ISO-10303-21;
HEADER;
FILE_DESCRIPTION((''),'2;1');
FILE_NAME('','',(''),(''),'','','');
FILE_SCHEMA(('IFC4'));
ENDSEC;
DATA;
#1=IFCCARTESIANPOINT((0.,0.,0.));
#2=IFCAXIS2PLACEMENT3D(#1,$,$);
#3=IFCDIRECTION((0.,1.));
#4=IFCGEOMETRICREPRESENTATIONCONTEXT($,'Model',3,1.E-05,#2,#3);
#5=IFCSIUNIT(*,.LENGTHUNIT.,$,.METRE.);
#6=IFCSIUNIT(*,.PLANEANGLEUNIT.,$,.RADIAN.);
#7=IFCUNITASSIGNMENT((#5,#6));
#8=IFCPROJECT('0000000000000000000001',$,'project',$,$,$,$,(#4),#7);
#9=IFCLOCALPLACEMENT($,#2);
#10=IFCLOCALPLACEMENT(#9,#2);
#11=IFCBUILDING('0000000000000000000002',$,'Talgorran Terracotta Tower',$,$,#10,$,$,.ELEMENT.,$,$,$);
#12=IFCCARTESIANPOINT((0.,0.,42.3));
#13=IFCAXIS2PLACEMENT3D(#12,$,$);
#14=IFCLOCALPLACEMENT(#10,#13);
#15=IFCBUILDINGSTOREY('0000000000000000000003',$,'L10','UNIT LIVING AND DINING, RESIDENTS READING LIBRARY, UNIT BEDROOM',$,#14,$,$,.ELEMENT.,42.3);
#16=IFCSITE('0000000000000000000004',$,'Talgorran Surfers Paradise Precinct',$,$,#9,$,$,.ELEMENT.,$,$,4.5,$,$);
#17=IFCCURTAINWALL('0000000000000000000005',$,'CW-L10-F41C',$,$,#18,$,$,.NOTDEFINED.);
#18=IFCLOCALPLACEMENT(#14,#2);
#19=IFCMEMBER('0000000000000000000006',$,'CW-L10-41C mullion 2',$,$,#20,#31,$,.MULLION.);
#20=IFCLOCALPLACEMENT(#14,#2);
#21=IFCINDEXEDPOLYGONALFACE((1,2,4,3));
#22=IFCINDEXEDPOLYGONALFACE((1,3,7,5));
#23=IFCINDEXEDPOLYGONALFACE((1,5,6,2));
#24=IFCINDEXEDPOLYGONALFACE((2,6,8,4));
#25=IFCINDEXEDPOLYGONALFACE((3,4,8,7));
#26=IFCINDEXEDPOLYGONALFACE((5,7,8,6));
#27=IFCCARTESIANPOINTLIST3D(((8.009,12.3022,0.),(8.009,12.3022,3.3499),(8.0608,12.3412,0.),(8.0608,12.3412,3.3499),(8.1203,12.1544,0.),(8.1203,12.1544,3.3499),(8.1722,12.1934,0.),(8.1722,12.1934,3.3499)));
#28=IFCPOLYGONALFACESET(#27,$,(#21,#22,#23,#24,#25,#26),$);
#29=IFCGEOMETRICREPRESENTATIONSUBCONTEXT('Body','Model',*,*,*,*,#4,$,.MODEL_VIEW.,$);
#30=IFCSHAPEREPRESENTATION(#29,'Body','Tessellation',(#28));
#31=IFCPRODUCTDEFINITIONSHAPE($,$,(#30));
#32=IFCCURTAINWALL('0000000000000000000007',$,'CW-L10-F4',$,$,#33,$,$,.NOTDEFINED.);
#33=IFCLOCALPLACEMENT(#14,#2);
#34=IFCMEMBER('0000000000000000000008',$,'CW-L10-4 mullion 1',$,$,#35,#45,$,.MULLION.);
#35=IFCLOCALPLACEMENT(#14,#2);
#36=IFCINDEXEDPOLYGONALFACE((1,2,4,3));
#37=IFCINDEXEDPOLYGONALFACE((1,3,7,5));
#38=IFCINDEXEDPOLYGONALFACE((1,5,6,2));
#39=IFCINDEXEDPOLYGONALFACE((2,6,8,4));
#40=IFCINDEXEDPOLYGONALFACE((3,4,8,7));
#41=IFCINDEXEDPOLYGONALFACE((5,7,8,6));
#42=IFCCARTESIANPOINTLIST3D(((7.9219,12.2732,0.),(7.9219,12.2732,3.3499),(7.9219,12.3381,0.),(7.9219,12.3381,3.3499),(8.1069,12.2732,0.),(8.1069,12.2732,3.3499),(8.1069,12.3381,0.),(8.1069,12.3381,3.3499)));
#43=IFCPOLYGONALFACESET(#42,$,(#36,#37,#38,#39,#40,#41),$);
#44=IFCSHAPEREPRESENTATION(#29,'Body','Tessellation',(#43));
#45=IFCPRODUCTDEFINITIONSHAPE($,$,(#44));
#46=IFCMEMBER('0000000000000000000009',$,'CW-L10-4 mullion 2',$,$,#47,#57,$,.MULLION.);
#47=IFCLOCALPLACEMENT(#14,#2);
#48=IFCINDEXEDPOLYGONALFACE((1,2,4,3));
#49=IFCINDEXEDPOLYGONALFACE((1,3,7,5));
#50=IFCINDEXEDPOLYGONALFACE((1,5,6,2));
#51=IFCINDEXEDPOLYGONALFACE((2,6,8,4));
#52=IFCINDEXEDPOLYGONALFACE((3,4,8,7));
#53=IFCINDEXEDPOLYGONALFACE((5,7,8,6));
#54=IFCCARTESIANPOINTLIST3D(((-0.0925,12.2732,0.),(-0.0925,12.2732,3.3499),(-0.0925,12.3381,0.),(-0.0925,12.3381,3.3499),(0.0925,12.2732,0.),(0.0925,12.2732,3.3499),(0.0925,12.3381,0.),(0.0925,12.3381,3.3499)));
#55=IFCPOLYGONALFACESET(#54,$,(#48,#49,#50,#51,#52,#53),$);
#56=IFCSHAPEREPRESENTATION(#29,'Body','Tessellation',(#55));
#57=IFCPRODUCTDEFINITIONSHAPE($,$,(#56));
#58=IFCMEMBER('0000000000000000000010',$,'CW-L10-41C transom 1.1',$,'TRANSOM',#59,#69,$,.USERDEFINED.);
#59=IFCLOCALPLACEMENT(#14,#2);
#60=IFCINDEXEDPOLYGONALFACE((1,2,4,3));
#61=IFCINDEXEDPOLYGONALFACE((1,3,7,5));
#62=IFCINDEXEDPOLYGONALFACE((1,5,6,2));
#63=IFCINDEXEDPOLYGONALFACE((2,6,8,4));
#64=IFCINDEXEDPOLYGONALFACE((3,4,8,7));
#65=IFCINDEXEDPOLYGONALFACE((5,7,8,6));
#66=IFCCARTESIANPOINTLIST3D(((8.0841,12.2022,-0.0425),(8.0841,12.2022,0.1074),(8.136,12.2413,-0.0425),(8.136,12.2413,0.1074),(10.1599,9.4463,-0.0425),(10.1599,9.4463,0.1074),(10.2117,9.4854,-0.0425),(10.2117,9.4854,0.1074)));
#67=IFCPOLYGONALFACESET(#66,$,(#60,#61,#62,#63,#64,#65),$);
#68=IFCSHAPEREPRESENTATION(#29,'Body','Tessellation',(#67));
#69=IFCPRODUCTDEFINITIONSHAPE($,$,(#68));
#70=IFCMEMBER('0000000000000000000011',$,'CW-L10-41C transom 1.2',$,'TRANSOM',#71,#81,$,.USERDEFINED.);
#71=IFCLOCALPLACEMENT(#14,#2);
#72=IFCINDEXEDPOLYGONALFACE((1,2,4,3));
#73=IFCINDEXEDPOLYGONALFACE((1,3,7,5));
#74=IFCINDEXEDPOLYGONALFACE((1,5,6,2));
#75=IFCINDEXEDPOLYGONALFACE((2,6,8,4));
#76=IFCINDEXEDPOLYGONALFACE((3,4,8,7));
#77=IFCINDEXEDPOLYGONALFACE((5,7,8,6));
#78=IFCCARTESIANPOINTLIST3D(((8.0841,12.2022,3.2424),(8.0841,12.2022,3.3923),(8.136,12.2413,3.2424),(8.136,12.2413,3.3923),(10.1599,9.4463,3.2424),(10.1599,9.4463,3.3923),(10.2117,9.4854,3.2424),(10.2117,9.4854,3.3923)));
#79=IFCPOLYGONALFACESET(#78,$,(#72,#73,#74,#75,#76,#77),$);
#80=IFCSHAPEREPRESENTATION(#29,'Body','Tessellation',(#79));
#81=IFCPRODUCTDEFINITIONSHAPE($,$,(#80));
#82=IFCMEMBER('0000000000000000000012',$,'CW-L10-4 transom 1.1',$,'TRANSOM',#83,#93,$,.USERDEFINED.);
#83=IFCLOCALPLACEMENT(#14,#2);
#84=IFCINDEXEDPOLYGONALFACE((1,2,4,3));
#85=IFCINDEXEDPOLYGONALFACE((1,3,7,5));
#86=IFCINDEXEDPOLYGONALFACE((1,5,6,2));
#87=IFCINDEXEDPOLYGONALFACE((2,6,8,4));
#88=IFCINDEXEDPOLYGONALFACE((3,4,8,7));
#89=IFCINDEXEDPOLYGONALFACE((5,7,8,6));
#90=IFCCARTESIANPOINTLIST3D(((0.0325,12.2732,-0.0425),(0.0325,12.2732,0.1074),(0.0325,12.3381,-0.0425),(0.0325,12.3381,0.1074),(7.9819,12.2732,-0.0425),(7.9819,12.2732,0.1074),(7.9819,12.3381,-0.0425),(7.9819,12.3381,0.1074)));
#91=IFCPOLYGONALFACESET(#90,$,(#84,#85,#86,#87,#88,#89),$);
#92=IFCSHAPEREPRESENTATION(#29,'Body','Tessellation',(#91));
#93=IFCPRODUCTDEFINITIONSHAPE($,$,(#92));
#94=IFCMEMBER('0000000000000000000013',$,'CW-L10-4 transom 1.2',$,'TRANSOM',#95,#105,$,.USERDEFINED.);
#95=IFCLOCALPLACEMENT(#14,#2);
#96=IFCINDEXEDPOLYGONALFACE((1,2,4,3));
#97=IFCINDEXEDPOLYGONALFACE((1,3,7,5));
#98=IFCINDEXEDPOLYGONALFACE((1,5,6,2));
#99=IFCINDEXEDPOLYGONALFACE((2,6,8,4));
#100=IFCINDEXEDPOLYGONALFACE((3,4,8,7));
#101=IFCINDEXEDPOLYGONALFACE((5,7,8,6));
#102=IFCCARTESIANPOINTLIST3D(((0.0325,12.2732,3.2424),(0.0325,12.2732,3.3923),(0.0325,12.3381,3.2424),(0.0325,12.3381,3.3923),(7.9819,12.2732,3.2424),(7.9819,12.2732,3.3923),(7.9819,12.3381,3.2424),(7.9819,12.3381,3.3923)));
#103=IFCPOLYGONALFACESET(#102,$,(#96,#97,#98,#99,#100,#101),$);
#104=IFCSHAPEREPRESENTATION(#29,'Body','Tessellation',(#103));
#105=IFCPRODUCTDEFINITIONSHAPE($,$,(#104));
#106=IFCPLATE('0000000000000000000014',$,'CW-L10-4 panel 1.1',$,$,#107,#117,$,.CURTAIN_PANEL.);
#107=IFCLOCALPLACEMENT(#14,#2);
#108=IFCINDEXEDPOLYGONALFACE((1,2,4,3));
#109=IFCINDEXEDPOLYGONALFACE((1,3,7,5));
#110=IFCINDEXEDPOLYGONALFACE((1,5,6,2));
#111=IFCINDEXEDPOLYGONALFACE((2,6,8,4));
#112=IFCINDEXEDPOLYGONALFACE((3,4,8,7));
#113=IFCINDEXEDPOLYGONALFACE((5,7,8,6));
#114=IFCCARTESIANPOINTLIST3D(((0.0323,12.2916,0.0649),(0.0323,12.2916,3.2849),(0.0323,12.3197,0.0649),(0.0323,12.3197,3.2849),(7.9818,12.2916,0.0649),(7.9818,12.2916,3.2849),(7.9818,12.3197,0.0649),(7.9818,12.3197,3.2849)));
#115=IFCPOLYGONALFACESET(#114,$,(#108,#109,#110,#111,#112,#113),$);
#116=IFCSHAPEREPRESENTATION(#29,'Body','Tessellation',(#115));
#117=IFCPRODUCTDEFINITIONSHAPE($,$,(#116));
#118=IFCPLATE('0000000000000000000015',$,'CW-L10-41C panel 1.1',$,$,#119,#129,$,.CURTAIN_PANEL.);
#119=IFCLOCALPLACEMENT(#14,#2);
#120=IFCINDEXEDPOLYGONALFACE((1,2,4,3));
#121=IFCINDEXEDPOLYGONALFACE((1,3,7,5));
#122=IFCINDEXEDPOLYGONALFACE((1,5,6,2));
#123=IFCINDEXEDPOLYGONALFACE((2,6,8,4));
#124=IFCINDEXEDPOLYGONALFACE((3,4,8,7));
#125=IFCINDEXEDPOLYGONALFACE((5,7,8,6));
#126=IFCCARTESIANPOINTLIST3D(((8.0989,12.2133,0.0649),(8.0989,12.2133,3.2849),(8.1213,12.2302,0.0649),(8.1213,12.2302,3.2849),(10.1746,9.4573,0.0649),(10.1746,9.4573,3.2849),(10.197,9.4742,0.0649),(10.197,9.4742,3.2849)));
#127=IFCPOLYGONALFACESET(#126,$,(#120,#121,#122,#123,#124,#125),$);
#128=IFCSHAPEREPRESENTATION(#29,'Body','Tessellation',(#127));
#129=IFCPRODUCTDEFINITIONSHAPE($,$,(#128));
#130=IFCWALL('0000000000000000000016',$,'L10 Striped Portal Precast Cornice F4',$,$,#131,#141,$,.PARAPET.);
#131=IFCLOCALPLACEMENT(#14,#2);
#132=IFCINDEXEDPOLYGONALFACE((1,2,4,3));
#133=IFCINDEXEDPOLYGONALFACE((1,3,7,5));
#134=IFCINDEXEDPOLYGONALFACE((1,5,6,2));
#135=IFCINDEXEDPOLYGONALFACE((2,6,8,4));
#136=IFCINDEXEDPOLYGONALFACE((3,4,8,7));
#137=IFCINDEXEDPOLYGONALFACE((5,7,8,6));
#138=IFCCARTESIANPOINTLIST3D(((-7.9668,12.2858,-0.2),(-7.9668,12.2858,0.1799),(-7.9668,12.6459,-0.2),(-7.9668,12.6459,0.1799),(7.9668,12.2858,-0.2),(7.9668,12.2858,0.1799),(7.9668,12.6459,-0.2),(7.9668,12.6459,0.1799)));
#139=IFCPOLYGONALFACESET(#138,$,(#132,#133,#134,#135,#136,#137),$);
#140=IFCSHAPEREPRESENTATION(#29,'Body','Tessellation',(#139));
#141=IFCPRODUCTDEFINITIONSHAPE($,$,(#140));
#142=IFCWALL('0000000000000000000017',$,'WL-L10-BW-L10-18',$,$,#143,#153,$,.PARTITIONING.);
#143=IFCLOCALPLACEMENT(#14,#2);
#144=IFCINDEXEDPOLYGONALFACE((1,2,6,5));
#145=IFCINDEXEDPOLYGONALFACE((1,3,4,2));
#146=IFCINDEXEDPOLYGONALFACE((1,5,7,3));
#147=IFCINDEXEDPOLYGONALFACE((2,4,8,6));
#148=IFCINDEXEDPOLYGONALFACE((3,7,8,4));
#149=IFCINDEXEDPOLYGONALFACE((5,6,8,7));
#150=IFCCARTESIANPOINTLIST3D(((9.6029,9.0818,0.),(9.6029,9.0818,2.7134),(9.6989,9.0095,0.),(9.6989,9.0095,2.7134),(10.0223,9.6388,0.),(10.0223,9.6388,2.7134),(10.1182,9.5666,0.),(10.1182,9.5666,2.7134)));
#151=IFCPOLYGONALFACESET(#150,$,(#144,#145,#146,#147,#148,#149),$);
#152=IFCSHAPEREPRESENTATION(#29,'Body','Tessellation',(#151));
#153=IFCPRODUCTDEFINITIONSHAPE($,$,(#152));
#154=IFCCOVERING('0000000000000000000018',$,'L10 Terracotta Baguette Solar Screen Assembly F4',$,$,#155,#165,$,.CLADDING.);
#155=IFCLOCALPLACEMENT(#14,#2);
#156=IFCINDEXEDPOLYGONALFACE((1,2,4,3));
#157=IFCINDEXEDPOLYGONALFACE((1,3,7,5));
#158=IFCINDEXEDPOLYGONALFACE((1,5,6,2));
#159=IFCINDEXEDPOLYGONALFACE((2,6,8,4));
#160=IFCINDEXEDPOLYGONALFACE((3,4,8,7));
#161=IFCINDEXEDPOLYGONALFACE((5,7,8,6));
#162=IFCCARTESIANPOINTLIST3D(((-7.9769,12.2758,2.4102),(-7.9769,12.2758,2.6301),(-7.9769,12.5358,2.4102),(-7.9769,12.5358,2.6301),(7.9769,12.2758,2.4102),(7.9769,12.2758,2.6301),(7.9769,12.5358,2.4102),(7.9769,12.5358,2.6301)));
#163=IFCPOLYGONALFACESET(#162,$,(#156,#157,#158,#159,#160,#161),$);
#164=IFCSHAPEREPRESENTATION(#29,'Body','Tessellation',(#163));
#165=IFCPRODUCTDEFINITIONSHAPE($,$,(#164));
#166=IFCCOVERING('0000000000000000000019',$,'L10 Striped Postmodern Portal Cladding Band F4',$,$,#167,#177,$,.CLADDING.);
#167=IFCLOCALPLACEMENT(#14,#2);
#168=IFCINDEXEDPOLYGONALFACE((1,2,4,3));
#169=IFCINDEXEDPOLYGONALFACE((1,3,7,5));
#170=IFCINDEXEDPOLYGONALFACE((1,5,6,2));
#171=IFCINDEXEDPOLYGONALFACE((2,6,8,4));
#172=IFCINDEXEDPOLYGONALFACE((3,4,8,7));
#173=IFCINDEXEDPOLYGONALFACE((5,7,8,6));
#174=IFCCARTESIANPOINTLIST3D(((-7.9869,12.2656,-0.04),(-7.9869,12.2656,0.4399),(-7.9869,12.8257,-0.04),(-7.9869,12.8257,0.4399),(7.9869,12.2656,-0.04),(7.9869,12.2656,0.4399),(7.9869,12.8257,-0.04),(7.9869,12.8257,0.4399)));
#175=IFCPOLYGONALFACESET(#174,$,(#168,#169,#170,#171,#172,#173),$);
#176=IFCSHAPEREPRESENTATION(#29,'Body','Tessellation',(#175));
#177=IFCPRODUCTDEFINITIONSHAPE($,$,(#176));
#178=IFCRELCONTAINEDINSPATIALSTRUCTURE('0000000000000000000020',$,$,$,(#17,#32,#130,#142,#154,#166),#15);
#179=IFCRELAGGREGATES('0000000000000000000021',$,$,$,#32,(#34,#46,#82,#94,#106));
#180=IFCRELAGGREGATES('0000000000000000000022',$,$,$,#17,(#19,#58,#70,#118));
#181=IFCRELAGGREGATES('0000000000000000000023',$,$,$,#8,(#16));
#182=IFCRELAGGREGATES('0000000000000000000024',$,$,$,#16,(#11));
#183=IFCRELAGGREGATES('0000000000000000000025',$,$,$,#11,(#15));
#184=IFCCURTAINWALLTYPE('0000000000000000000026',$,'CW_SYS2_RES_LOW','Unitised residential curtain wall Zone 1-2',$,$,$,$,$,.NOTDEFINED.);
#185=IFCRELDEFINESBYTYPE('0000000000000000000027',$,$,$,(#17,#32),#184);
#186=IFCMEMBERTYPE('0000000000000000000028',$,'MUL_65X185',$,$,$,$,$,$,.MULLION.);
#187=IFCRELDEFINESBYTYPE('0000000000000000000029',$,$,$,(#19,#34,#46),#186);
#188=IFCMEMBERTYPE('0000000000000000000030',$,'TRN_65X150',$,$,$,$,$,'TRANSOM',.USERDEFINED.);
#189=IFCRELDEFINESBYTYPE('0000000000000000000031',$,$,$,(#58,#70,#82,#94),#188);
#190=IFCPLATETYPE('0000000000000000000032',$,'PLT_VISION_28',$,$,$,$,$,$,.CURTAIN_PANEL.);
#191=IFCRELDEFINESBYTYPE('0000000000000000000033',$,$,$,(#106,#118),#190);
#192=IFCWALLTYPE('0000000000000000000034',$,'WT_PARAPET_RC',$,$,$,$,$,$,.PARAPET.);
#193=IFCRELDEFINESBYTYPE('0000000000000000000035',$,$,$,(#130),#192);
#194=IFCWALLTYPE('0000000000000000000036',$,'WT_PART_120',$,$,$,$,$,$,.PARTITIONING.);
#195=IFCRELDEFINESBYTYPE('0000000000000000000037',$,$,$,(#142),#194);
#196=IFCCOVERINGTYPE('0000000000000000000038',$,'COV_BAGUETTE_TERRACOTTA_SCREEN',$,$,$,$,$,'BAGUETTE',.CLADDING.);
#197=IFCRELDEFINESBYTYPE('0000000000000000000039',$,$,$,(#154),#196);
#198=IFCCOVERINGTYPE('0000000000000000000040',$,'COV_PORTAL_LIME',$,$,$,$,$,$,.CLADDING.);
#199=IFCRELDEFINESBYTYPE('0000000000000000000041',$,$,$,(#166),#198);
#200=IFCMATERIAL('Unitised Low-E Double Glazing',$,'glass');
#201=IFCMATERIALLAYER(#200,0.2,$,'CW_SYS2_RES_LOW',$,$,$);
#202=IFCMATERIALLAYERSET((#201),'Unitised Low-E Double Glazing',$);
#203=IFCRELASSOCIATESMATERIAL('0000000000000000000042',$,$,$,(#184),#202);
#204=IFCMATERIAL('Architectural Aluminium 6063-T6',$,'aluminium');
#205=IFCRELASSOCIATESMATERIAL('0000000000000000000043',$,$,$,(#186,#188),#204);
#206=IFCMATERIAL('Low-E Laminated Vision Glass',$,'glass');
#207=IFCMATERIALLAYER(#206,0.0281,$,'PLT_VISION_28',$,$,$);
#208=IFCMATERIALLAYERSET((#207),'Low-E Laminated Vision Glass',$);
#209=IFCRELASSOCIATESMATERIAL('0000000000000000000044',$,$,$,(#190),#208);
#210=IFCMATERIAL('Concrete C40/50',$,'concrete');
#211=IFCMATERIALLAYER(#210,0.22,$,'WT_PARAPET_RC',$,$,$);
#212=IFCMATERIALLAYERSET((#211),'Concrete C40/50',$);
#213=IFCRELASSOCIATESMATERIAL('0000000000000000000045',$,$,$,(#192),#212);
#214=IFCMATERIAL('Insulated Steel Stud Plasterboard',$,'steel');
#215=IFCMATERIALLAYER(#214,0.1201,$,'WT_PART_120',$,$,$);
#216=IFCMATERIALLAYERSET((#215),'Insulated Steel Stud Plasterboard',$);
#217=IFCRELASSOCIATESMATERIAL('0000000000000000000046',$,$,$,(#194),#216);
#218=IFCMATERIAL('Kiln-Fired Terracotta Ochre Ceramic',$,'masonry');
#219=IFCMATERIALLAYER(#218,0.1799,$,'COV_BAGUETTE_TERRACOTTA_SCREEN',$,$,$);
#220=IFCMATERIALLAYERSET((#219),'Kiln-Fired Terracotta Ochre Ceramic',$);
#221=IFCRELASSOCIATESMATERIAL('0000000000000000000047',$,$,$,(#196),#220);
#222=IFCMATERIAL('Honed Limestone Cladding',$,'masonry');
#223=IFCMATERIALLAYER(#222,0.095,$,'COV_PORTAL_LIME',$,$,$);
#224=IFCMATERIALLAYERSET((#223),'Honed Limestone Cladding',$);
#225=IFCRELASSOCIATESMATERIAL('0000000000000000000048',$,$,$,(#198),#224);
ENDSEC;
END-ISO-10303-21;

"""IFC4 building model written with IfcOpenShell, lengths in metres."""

from ifc_helpers import new_model, si_unit, direction, frame, frame_2d, origin, origin_2d, place, context, subcontext, project, spatial, rectangle, extrude, source, transform, mapped, material, layer, layer_set, material_profile, profile_set, type_object, type_shapes, element, aggregate, save


model = new_model("IFC4")

# Units and contexts
model_context = context("Model", 3, precision=1e-05, world=origin(), true_north=direction((0.0, 1.0)))
body_context = subcontext(model_context, "Body", "Model", "MODEL_VIEW")
ifc_project = project(units=[si_unit("LENGTHUNIT", "METRE"), si_unit("PLANEANGLEUNIT", "RADIAN")], contexts=[model_context])

# Site, building, storey
site_placement = place(None, origin())
site = spatial("IfcSite", under=ifc_project, at=site_placement, Name="Talgorran Surfers Paradise Precinct", CompositionType="ELEMENT", RefElevation=4.5)
building_placement = place(site_placement, origin())
building = spatial("IfcBuilding", under=site, at=building_placement, Name="Talgorran Terracotta Tower", CompositionType="ELEMENT")
storey_placement = place(building_placement, frame((0.0, 0.0, 42.3)))
storey = spatial("IfcBuildingStorey", under=building, at=storey_placement, Name="L10", Description="UNIT LIVING AND DINING, RESIDENTS READING LIBRARY, UNIT BEDROOM", CompositionType="ELEMENT", Elevation=42.3)

# Shared definitions
ifc_material_1 = material(Name="Unitised Low-E Double Glazing", Category="glass")
ifc_layer_1 = layer(ifc_material_1, 0.2, Name="CW_SYS2_RES_LOW")
ifc_layer_set_1 = layer_set([ifc_layer_1], Name="Unitised Low-E Double Glazing")
curtain_wall_type = type_object("IfcCurtainWallType", Name="CW_SYS2_RES_LOW", Description="Unitised residential curtain wall Zone 1-2", PredefinedType="NOTDEFINED", material=ifc_layer_set_1)
ifc_material_2 = material(Name="Architectural Aluminium 6063-T6", Category="aluminium")
ifc_material_profile_1 = material_profile(ifc_material_2, rectangle(XDim=0.0649, YDim=0.1851, at=origin_2d()), Name="CWM65X185")
ifc_profile_set_1 = profile_set([ifc_material_profile_1], Name="Architectural Aluminium 6063-T6")
member_type_1 = type_object("IfcMemberType", Name="MUL_65X185", PredefinedType="MULLION", material=ifc_profile_set_1)

# Curtain walls, members
curtain_wall_1_placement = place(storey_placement, origin())
curtain_wall_1 = element("IfcCurtainWall", 1, at=curtain_wall_1_placement, inside=storey, type_object=curtain_wall_type, Name="CW-L10-F41C", PredefinedType="NOTDEFINED")
member_1_placement = place(storey_placement, frame((8.0906, 12.2478, 0.0), z_axis=(0.0, 0.0, 1.0), x_axis=(-0.798775, -0.60163, 0.0)))
member_1 = element("IfcMember", 2, at=member_1_placement, type_object=member_type_1, Name="CW-L10-41C mullion 2", PredefinedType="MULLION", context=body_context, shape_type="SweptSolid", body=[
    extrude(rectangle(XDim=0.0649, YDim=0.1851, at=origin_2d()), origin(), (0.0, 0.0, 1.0), 3.3499),
])
curtain_wall_2_placement = place(storey_placement, origin())
curtain_wall_2 = element("IfcCurtainWall", 3, at=curtain_wall_2_placement, inside=storey, type_object=curtain_wall_type, Name="CW-L10-F4", PredefinedType="NOTDEFINED")
member_2_placement = place(storey_placement, frame((8.0144, 12.3057, 0.0), z_axis=(0.0, 0.0, 1.0), x_axis=(0.0, -1.0, 0.0)))
member_2 = element("IfcMember", 4, at=member_2_placement, type_object=member_type_1, Name="CW-L10-4 mullion 1", PredefinedType="MULLION", context=body_context, shape_type="SweptSolid", body=[
    extrude(rectangle(XDim=0.0649, YDim=0.1851, at=origin_2d()), origin(), (0.0, 0.0, 1.0), 3.3499),
])
member_3_placement = place(storey_placement, frame((0.0, 12.3057, 0.0), z_axis=(0.0, 0.0, 1.0), x_axis=(0.0, -1.0, 0.0)))
member_3 = element("IfcMember", 5, at=member_3_placement, type_object=member_type_1, Name="CW-L10-4 mullion 2", PredefinedType="MULLION", context=body_context, shape_type="SweptSolid", body=[
    extrude(rectangle(XDim=0.0649, YDim=0.1851, at=origin_2d()), origin(), (0.0, 0.0, 1.0), 3.3499),
])

# Members
ifc_material_profile_2 = material_profile(ifc_material_2, rectangle(XDim=0.0649, YDim=0.1499, at=origin_2d()), Name="CWT65X150")
ifc_profile_set_2 = profile_set([ifc_material_profile_2], Name="Architectural Aluminium 6063-T6")
member_type_2 = type_object("IfcMemberType", Name="TRN_65X150", ElementType="TRANSOM", PredefinedType="USERDEFINED", material=ifc_profile_set_2)
member_4_placement = place(storey_placement, frame((10.1858, 9.4658, 0.0325), z_axis=(-0.601629, 0.798776, 0.0), x_axis=(-0.798776, -0.601629, 0.0)))
member_4 = element("IfcMember", 6, at=member_4_placement, type_object=member_type_2, Name="CW-L10-41C transom 1.1", ObjectType="TRANSOM", PredefinedType="USERDEFINED", context=body_context, shape_type="SweptSolid", body=[
    extrude(rectangle(XDim=0.0649, YDim=0.1499, at=origin_2d()), origin(), (0.0, 0.0, 1.0), 3.4502),
])
member_5_placement = place(storey_placement, frame((10.1858, 9.4658, 3.3174), z_axis=(-0.601629, 0.798776, 0.0), x_axis=(-0.798776, -0.601629, 0.0)))
member_5 = element("IfcMember", 7, at=member_5_placement, type_object=member_type_2, Name="CW-L10-41C transom 1.2", ObjectType="TRANSOM", PredefinedType="USERDEFINED", context=body_context, shape_type="SweptSolid", body=[
    extrude(rectangle(XDim=0.0649, YDim=0.1499, at=origin_2d()), origin(), (0.0, 0.0, 1.0), 3.4502),
])
member_6_placement = place(storey_placement, frame((7.9819, 12.3057, 0.0325), z_axis=(-1.0, 0.0, 0.0), x_axis=(0.0, -1.0, 0.0)))
member_6 = element("IfcMember", 8, at=member_6_placement, type_object=member_type_2, Name="CW-L10-4 transom 1.1", ObjectType="TRANSOM", PredefinedType="USERDEFINED", context=body_context, shape_type="SweptSolid", body=[
    extrude(rectangle(XDim=0.0649, YDim=0.1499, at=origin_2d()), origin(), (0.0, 0.0, 1.0), 7.9495),
])
member_7_placement = place(storey_placement, frame((7.9819, 12.3057, 3.3174), z_axis=(-1.0, 0.0, 0.0), x_axis=(0.0, -1.0, 0.0)))
member_7 = element("IfcMember", 9, at=member_7_placement, type_object=member_type_2, Name="CW-L10-4 transom 1.2", ObjectType="TRANSOM", PredefinedType="USERDEFINED", context=body_context, shape_type="SweptSolid", body=[
    extrude(rectangle(XDim=0.0649, YDim=0.1499, at=origin_2d()), origin(), (0.0, 0.0, 1.0), 7.9495),
])

# Plates
ifc_material_3 = material(Name="Low-E Laminated Vision Glass", Category="glass")
ifc_layer_2 = layer(ifc_material_3, 0.0281, Name="PLT_VISION_28")
ifc_layer_set_2 = layer_set([ifc_layer_2], Name="Low-E Laminated Vision Glass")
plate_type = type_object("IfcPlateType", Name="PLT_VISION_28", PredefinedType="CURTAIN_PANEL", material=ifc_layer_set_2)
shared_shape_1 = source(origin(), body_context, "Body", "SweptSolid", [
    extrude(rectangle(XDim=7.9495, YDim=0.0281, at=origin_2d()), origin(), (0.0, 0.0, 1.0), 3.22),
])
plate_1_placement = place(storey_placement, frame((4.0071, 12.3057, 0.0649), z_axis=(0.0, 0.0, 1.0), x_axis=(-1.0, 0.0, 0.0)))
plate_1 = element("IfcPlate", 10, at=plate_1_placement, type_object=plate_type, Name="CW-L10-4 panel 1.1", PredefinedType="CURTAIN_PANEL", context=body_context, shape_type="MappedRepresentation", body=[
    mapped(shared_shape_1, transform((0.0, 0.0, 0.0), scale=1.0)),
])
aggregate(curtain_wall_2, [member_2, member_3, member_6, member_7, plate_1])
shared_shape_2 = source(origin(), body_context, "Body", "SweptSolid", [
    extrude(rectangle(XDim=3.4502, YDim=0.0281, at=origin_2d()), origin(), (0.0, 0.0, 1.0), 3.22),
])
type_shapes(plate_type, [shared_shape_1, shared_shape_2])
plate_2_placement = place(storey_placement, frame((9.1479, 10.8438, 0.0649), z_axis=(0.0, 0.0, 1.0), x_axis=(-0.60163, 0.798775, 0.0)))
plate_2 = element("IfcPlate", 11, at=plate_2_placement, type_object=plate_type, Name="CW-L10-41C panel 1.1", PredefinedType="CURTAIN_PANEL", context=body_context, shape_type="MappedRepresentation", body=[
    mapped(shared_shape_2, transform((0.0, 0.0, 0.0), scale=1.0)),
])
aggregate(curtain_wall_1, [member_1, member_4, member_5, plate_2])

# Walls
ifc_material_4 = material(Name="Concrete C40/50", Category="concrete")
ifc_layer_3 = layer(ifc_material_4, 0.22, Name="WT_PARAPET_RC")
ifc_layer_set_3 = layer_set([ifc_layer_3], Name="Concrete C40/50")
wall_type_1 = type_object("IfcWallType", Name="WT_PARAPET_RC", PredefinedType="PARAPET", material=ifc_layer_set_3)
wall_1_placement = place(storey_placement, frame((7.9668, 12.4658, -0.2), z_axis=(0.0, 0.0, 1.0), x_axis=(-1.0, 0.0, 0.0)))
element("IfcWall", 12, at=wall_1_placement, inside=storey, type_object=wall_type_1, Name="L10 Striped Portal Precast Cornice F4", PredefinedType="PARAPET", context=body_context, shape_type="SweptSolid", body=[
    extrude(rectangle(XDim=15.9336, YDim=0.3601, at=frame_2d((7.9668, 0.0))), origin(), (0.0, 0.0, 1.0), 0.3799),
])
ifc_material_5 = material(Name="Insulated Steel Stud Plasterboard", Category="steel")
ifc_layer_4 = layer(ifc_material_5, 0.1201, Name="WT_PART_120")
ifc_layer_set_4 = layer_set([ifc_layer_4], Name="Insulated Steel Stud Plasterboard")
wall_type_2 = type_object("IfcWallType", Name="WT_PART_120", PredefinedType="PARTITIONING", material=ifc_layer_set_4)
wall_2_placement = place(storey_placement, frame((9.6509, 9.0457, 0.0), z_axis=(0.0, 0.0, 1.0), x_axis=(0.601455, 0.798906, 0.0)))
element("IfcWall", 13, at=wall_2_placement, inside=storey, type_object=wall_type_2, Name="WL-L10-BW-L10-18", PredefinedType="PARTITIONING", context=body_context, shape_type="SweptSolid", body=[
    extrude(rectangle(XDim=0.6973, YDim=0.1201, at=frame_2d((0.3486, 0.0))), origin(), (0.0, 0.0, 1.0), 2.7134),
])

# Coverings
ifc_material_6 = material(Name="Kiln-Fired Terracotta Ochre Ceramic", Category="masonry")
ifc_layer_5 = layer(ifc_material_6, 0.1799, Name="COV_BAGUETTE_TERRACOTTA_SCREEN")
ifc_layer_set_5 = layer_set([ifc_layer_5], Name="Kiln-Fired Terracotta Ochre Ceramic")
covering_type_1 = type_object("IfcCoveringType", Name="COV_BAGUETTE_TERRACOTTA_SCREEN", ElementType="BAGUETTE", PredefinedType="CLADDING", material=ifc_layer_set_5)
covering_1_placement = place(storey_placement, frame((0.0, 12.4058, 2.4102), z_axis=(0.0, 0.0, 1.0), x_axis=(-1.0, 0.0, 0.0)))
element("IfcCovering", 14, at=covering_1_placement, inside=storey, type_object=covering_type_1, Name="L10 Terracotta Baguette Solar Screen Assembly F4", PredefinedType="CLADDING", context=body_context, shape_type="SweptSolid", body=[
    extrude(rectangle(XDim=15.9539, YDim=0.26, at=origin_2d()), origin(), (0.0, 0.0, 1.0), 0.22),
])
ifc_material_7 = material(Name="Honed Limestone Cladding", Category="masonry")
ifc_layer_6 = layer(ifc_material_7, 0.095, Name="COV_PORTAL_LIME")
ifc_layer_set_6 = layer_set([ifc_layer_6], Name="Honed Limestone Cladding")
covering_type_2 = type_object("IfcCoveringType", Name="COV_PORTAL_LIME", PredefinedType="CLADDING", material=ifc_layer_set_6)
covering_2_placement = place(storey_placement, frame((0.0, 12.5457, -0.04), z_axis=(0.0, 0.0, 1.0), x_axis=(-1.0, 0.0, 0.0)))
element("IfcCovering", 15, at=covering_2_placement, inside=storey, type_object=covering_type_2, Name="L10 Striped Postmodern Portal Cladding Band F4", PredefinedType="CLADDING", context=body_context, shape_type="SweptSolid", body=[
    extrude(rectangle(XDim=15.9739, YDim=0.5601, at=origin_2d()), origin(), (0.0, 0.0, 1.0), 0.48),
])

save(model, "model.ifc")
